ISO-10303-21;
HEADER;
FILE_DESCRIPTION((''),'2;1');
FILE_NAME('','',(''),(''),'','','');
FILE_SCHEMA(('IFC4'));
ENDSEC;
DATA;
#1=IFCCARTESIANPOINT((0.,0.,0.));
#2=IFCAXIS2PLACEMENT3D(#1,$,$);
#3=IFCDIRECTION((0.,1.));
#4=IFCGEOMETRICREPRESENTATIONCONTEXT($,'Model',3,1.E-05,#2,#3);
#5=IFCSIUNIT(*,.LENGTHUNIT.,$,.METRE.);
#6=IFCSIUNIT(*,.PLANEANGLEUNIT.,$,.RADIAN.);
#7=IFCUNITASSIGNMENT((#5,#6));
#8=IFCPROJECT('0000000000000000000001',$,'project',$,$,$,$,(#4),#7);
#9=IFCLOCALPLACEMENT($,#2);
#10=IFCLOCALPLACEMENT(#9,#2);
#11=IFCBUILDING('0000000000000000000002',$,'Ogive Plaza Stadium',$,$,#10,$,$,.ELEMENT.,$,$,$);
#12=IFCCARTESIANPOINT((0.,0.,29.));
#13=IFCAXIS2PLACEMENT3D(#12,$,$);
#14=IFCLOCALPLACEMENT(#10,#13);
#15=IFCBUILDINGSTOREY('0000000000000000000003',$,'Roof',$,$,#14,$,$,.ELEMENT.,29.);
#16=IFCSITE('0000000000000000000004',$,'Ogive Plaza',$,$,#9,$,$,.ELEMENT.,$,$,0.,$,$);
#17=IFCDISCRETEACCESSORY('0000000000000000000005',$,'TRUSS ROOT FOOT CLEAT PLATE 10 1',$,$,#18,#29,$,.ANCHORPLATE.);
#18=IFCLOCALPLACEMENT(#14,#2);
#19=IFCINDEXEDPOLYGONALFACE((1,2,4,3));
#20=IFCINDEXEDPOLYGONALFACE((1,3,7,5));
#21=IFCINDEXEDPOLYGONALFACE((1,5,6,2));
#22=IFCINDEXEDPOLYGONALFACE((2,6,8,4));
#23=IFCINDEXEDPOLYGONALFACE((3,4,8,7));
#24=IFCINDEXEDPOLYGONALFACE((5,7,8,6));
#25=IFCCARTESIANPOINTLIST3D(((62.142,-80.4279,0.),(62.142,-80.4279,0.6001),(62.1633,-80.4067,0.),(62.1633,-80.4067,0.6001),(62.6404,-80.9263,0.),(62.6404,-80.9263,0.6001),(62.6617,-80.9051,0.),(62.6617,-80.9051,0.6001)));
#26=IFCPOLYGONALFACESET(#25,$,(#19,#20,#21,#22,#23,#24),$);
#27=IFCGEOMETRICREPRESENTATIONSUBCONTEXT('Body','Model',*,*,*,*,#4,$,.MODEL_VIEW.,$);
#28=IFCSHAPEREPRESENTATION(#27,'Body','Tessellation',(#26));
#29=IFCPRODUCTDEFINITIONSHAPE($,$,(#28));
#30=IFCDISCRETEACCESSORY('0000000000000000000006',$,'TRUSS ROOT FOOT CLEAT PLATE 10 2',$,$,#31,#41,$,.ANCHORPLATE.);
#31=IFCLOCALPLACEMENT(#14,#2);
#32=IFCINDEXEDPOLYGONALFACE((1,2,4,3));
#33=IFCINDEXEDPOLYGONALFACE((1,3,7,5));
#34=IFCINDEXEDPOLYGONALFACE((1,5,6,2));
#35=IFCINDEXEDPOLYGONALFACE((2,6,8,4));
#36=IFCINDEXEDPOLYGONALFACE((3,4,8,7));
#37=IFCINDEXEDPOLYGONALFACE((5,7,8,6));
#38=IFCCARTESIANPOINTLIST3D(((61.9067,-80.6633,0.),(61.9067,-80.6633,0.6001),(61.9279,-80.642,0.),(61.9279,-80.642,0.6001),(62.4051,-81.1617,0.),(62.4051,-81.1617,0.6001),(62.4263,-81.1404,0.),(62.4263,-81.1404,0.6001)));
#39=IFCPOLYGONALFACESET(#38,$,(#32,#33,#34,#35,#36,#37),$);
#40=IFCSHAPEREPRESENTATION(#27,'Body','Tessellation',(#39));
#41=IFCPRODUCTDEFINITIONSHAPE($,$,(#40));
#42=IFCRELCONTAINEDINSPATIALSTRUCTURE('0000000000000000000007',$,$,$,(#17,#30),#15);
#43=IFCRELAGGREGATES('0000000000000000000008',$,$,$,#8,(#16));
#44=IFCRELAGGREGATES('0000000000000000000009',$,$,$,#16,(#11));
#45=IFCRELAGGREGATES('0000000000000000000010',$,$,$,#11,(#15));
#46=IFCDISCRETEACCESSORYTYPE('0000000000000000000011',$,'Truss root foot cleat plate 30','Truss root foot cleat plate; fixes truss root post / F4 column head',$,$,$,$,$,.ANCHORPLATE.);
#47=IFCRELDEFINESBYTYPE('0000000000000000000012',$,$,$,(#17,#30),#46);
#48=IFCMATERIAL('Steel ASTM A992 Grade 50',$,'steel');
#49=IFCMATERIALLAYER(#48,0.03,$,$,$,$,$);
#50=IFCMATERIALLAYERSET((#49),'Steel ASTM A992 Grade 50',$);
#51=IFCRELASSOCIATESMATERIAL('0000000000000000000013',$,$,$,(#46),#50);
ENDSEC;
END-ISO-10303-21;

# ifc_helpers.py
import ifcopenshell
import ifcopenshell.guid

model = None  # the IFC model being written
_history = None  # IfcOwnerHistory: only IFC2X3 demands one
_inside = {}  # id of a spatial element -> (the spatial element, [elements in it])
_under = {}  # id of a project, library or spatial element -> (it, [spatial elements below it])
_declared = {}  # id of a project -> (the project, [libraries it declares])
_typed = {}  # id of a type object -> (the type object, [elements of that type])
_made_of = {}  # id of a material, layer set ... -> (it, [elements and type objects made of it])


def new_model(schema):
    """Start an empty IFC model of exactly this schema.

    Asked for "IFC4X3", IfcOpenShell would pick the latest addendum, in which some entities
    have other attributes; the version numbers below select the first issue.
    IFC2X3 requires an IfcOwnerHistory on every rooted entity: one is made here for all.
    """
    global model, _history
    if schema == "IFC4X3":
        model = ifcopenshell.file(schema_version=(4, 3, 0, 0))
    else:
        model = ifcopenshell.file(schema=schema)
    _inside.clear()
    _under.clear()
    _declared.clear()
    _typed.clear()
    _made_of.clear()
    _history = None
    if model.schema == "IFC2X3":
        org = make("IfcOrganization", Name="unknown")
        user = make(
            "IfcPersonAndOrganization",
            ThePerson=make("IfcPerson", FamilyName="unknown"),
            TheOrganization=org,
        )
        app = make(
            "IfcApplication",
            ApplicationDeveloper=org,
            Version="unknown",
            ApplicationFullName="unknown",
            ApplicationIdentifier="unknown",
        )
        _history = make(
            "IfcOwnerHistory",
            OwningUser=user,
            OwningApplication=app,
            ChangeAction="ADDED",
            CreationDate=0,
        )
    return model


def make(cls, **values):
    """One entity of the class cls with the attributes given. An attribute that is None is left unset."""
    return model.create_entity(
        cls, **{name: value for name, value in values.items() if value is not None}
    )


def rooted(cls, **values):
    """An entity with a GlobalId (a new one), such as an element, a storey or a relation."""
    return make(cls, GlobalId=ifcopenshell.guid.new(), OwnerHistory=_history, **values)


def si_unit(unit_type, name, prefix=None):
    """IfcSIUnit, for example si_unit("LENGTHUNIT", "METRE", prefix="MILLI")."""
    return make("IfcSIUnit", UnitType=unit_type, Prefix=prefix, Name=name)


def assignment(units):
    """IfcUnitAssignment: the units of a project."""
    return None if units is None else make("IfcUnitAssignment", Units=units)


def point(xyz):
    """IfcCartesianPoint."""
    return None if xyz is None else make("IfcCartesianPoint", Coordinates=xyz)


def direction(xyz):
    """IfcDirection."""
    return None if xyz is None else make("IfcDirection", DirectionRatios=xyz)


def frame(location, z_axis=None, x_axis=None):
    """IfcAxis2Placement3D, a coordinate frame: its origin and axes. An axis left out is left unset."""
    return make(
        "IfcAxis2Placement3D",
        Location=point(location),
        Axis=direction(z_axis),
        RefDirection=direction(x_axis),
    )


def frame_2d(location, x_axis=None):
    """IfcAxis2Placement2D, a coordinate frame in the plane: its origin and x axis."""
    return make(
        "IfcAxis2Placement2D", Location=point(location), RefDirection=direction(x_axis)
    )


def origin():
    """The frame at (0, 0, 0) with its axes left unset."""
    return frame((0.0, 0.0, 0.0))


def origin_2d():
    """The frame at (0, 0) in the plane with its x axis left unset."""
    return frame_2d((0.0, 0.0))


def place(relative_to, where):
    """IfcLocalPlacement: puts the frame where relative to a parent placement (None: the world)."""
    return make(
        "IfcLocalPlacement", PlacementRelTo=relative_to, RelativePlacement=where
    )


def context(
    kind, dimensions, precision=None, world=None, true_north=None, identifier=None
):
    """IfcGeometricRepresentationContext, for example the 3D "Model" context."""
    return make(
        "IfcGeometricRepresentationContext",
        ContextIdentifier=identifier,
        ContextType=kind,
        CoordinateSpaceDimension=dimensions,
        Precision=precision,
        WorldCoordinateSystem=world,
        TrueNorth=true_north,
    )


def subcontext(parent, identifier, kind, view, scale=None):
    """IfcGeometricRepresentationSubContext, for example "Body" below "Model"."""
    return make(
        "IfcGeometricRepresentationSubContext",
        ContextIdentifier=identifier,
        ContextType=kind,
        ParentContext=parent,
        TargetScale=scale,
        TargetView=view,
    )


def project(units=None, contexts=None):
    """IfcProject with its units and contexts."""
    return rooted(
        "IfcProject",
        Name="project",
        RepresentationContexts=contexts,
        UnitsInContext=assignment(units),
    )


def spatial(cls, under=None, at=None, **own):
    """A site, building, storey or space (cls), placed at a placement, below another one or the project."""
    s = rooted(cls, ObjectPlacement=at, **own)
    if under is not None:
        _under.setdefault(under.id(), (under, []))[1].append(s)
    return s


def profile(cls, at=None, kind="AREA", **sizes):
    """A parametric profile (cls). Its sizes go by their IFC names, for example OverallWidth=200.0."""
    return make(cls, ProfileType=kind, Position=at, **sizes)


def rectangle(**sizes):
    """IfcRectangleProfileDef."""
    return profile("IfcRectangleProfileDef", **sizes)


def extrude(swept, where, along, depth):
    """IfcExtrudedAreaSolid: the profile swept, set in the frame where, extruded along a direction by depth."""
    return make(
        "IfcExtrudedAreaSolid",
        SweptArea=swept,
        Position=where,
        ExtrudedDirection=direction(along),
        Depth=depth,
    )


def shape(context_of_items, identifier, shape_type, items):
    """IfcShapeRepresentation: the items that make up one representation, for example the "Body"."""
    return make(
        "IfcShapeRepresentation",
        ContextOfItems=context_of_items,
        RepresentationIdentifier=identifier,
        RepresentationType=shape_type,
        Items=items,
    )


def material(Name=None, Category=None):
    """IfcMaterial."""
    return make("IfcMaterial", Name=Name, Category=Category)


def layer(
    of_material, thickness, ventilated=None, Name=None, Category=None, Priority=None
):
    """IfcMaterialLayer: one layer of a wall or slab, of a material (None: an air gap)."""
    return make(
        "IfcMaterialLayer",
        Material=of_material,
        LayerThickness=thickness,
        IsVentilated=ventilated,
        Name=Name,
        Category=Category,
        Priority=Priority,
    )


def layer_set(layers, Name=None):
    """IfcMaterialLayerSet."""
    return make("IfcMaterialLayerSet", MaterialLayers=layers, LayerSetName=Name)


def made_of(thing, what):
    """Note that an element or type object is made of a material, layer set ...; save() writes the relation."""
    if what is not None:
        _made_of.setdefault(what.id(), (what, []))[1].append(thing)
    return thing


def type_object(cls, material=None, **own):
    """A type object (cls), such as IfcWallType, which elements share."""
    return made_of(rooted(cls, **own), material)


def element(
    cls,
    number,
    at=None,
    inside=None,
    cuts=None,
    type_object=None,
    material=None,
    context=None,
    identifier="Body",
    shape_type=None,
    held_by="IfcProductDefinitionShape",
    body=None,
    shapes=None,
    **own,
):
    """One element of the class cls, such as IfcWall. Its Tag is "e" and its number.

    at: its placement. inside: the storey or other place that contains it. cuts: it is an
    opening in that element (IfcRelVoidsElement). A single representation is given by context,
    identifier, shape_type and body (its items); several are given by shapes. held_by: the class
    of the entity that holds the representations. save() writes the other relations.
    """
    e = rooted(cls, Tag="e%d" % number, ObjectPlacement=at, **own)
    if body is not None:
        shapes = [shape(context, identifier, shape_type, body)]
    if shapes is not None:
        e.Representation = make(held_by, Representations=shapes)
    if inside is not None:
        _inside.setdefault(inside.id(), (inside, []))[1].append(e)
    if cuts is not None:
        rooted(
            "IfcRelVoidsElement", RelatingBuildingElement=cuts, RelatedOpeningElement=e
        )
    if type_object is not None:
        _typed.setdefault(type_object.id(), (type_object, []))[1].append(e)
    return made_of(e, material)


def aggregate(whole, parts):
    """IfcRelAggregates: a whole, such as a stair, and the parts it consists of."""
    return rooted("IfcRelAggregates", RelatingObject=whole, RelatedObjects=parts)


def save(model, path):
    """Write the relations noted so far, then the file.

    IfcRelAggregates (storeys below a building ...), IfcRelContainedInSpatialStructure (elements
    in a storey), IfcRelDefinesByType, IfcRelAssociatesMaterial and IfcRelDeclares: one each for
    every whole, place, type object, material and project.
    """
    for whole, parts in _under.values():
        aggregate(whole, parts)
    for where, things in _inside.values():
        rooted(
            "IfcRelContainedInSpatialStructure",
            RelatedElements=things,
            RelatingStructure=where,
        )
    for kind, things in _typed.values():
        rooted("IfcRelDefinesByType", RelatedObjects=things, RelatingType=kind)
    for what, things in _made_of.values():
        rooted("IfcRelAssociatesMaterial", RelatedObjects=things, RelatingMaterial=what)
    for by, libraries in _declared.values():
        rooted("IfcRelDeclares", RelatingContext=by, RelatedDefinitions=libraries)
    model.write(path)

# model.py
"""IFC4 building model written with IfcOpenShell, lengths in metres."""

from ifc_helpers import new_model, si_unit, direction, frame, origin, origin_2d, place, context, subcontext, project, spatial, rectangle, extrude, material, layer, layer_set, type_object, element, save


model = new_model("IFC4")

# Units and contexts
model_context = context("Model", 3, precision=1e-05, world=origin(), true_north=direction((0.0, 1.0)))
body_context = subcontext(model_context, "Body", "Model", "MODEL_VIEW")
ifc_project = project(units=[si_unit("LENGTHUNIT", "METRE"), si_unit("PLANEANGLEUNIT", "RADIAN")], contexts=[model_context])

# Site, building, storey
site_placement = place(None, origin())
site = spatial("IfcSite", under=ifc_project, at=site_placement, Name="Ogive Plaza", CompositionType="ELEMENT", RefElevation=0.0)
building_placement = place(site_placement, origin())
building = spatial("IfcBuilding", under=site, at=building_placement, Name="Ogive Plaza Stadium", CompositionType="ELEMENT")
storey_placement = place(building_placement, frame((0.0, 0.0, 29.0)))
storey = spatial("IfcBuildingStorey", under=building, at=storey_placement, Name="Roof", CompositionType="ELEMENT", Elevation=29.0)

# Discrete accessories
ifc_material_1 = material(Name="Steel ASTM A992 Grade 50", Category="steel")
ifc_layer_1 = layer(ifc_material_1, 0.03)
ifc_layer_set_1 = layer_set([ifc_layer_1], Name="Steel ASTM A992 Grade 50")
discrete_accessory_type_1 = type_object("IfcDiscreteAccessoryType", Name="Truss root foot cleat plate 30", Description="Truss root foot cleat plate; fixes truss root post / F4 column head", PredefinedType="ANCHORPLATE", material=ifc_layer_set_1)
for number, where, z_axis, x_axis, name in (
    (1, (62.4019, -80.6665, 0.0), (0.0, 0.0, 1.0), (0.707107, -0.707107, 0.0), "TRUSS ROOT FOOT CLEAT PLATE 10 1"),
    (2, (62.1665, -80.9019, 0.0), (0.0, 0.0, 1.0), (0.707107, -0.707107, 0.0), "TRUSS ROOT FOOT CLEAT PLATE 10 2"),
):
    element("IfcDiscreteAccessory", number, at=place(storey_placement, frame(where, z_axis=z_axis, x_axis=x_axis)), inside=storey, type_object=discrete_accessory_type_1, Name=name, PredefinedType="ANCHORPLATE", context=body_context, shape_type="SweptSolid", body=[
        extrude(rectangle(XDim=0.7048, YDim=0.03, at=origin_2d()), origin(), (0.0, 0.0, 1.0), 0.6001),
    ])

save(model, "model.ifc")
